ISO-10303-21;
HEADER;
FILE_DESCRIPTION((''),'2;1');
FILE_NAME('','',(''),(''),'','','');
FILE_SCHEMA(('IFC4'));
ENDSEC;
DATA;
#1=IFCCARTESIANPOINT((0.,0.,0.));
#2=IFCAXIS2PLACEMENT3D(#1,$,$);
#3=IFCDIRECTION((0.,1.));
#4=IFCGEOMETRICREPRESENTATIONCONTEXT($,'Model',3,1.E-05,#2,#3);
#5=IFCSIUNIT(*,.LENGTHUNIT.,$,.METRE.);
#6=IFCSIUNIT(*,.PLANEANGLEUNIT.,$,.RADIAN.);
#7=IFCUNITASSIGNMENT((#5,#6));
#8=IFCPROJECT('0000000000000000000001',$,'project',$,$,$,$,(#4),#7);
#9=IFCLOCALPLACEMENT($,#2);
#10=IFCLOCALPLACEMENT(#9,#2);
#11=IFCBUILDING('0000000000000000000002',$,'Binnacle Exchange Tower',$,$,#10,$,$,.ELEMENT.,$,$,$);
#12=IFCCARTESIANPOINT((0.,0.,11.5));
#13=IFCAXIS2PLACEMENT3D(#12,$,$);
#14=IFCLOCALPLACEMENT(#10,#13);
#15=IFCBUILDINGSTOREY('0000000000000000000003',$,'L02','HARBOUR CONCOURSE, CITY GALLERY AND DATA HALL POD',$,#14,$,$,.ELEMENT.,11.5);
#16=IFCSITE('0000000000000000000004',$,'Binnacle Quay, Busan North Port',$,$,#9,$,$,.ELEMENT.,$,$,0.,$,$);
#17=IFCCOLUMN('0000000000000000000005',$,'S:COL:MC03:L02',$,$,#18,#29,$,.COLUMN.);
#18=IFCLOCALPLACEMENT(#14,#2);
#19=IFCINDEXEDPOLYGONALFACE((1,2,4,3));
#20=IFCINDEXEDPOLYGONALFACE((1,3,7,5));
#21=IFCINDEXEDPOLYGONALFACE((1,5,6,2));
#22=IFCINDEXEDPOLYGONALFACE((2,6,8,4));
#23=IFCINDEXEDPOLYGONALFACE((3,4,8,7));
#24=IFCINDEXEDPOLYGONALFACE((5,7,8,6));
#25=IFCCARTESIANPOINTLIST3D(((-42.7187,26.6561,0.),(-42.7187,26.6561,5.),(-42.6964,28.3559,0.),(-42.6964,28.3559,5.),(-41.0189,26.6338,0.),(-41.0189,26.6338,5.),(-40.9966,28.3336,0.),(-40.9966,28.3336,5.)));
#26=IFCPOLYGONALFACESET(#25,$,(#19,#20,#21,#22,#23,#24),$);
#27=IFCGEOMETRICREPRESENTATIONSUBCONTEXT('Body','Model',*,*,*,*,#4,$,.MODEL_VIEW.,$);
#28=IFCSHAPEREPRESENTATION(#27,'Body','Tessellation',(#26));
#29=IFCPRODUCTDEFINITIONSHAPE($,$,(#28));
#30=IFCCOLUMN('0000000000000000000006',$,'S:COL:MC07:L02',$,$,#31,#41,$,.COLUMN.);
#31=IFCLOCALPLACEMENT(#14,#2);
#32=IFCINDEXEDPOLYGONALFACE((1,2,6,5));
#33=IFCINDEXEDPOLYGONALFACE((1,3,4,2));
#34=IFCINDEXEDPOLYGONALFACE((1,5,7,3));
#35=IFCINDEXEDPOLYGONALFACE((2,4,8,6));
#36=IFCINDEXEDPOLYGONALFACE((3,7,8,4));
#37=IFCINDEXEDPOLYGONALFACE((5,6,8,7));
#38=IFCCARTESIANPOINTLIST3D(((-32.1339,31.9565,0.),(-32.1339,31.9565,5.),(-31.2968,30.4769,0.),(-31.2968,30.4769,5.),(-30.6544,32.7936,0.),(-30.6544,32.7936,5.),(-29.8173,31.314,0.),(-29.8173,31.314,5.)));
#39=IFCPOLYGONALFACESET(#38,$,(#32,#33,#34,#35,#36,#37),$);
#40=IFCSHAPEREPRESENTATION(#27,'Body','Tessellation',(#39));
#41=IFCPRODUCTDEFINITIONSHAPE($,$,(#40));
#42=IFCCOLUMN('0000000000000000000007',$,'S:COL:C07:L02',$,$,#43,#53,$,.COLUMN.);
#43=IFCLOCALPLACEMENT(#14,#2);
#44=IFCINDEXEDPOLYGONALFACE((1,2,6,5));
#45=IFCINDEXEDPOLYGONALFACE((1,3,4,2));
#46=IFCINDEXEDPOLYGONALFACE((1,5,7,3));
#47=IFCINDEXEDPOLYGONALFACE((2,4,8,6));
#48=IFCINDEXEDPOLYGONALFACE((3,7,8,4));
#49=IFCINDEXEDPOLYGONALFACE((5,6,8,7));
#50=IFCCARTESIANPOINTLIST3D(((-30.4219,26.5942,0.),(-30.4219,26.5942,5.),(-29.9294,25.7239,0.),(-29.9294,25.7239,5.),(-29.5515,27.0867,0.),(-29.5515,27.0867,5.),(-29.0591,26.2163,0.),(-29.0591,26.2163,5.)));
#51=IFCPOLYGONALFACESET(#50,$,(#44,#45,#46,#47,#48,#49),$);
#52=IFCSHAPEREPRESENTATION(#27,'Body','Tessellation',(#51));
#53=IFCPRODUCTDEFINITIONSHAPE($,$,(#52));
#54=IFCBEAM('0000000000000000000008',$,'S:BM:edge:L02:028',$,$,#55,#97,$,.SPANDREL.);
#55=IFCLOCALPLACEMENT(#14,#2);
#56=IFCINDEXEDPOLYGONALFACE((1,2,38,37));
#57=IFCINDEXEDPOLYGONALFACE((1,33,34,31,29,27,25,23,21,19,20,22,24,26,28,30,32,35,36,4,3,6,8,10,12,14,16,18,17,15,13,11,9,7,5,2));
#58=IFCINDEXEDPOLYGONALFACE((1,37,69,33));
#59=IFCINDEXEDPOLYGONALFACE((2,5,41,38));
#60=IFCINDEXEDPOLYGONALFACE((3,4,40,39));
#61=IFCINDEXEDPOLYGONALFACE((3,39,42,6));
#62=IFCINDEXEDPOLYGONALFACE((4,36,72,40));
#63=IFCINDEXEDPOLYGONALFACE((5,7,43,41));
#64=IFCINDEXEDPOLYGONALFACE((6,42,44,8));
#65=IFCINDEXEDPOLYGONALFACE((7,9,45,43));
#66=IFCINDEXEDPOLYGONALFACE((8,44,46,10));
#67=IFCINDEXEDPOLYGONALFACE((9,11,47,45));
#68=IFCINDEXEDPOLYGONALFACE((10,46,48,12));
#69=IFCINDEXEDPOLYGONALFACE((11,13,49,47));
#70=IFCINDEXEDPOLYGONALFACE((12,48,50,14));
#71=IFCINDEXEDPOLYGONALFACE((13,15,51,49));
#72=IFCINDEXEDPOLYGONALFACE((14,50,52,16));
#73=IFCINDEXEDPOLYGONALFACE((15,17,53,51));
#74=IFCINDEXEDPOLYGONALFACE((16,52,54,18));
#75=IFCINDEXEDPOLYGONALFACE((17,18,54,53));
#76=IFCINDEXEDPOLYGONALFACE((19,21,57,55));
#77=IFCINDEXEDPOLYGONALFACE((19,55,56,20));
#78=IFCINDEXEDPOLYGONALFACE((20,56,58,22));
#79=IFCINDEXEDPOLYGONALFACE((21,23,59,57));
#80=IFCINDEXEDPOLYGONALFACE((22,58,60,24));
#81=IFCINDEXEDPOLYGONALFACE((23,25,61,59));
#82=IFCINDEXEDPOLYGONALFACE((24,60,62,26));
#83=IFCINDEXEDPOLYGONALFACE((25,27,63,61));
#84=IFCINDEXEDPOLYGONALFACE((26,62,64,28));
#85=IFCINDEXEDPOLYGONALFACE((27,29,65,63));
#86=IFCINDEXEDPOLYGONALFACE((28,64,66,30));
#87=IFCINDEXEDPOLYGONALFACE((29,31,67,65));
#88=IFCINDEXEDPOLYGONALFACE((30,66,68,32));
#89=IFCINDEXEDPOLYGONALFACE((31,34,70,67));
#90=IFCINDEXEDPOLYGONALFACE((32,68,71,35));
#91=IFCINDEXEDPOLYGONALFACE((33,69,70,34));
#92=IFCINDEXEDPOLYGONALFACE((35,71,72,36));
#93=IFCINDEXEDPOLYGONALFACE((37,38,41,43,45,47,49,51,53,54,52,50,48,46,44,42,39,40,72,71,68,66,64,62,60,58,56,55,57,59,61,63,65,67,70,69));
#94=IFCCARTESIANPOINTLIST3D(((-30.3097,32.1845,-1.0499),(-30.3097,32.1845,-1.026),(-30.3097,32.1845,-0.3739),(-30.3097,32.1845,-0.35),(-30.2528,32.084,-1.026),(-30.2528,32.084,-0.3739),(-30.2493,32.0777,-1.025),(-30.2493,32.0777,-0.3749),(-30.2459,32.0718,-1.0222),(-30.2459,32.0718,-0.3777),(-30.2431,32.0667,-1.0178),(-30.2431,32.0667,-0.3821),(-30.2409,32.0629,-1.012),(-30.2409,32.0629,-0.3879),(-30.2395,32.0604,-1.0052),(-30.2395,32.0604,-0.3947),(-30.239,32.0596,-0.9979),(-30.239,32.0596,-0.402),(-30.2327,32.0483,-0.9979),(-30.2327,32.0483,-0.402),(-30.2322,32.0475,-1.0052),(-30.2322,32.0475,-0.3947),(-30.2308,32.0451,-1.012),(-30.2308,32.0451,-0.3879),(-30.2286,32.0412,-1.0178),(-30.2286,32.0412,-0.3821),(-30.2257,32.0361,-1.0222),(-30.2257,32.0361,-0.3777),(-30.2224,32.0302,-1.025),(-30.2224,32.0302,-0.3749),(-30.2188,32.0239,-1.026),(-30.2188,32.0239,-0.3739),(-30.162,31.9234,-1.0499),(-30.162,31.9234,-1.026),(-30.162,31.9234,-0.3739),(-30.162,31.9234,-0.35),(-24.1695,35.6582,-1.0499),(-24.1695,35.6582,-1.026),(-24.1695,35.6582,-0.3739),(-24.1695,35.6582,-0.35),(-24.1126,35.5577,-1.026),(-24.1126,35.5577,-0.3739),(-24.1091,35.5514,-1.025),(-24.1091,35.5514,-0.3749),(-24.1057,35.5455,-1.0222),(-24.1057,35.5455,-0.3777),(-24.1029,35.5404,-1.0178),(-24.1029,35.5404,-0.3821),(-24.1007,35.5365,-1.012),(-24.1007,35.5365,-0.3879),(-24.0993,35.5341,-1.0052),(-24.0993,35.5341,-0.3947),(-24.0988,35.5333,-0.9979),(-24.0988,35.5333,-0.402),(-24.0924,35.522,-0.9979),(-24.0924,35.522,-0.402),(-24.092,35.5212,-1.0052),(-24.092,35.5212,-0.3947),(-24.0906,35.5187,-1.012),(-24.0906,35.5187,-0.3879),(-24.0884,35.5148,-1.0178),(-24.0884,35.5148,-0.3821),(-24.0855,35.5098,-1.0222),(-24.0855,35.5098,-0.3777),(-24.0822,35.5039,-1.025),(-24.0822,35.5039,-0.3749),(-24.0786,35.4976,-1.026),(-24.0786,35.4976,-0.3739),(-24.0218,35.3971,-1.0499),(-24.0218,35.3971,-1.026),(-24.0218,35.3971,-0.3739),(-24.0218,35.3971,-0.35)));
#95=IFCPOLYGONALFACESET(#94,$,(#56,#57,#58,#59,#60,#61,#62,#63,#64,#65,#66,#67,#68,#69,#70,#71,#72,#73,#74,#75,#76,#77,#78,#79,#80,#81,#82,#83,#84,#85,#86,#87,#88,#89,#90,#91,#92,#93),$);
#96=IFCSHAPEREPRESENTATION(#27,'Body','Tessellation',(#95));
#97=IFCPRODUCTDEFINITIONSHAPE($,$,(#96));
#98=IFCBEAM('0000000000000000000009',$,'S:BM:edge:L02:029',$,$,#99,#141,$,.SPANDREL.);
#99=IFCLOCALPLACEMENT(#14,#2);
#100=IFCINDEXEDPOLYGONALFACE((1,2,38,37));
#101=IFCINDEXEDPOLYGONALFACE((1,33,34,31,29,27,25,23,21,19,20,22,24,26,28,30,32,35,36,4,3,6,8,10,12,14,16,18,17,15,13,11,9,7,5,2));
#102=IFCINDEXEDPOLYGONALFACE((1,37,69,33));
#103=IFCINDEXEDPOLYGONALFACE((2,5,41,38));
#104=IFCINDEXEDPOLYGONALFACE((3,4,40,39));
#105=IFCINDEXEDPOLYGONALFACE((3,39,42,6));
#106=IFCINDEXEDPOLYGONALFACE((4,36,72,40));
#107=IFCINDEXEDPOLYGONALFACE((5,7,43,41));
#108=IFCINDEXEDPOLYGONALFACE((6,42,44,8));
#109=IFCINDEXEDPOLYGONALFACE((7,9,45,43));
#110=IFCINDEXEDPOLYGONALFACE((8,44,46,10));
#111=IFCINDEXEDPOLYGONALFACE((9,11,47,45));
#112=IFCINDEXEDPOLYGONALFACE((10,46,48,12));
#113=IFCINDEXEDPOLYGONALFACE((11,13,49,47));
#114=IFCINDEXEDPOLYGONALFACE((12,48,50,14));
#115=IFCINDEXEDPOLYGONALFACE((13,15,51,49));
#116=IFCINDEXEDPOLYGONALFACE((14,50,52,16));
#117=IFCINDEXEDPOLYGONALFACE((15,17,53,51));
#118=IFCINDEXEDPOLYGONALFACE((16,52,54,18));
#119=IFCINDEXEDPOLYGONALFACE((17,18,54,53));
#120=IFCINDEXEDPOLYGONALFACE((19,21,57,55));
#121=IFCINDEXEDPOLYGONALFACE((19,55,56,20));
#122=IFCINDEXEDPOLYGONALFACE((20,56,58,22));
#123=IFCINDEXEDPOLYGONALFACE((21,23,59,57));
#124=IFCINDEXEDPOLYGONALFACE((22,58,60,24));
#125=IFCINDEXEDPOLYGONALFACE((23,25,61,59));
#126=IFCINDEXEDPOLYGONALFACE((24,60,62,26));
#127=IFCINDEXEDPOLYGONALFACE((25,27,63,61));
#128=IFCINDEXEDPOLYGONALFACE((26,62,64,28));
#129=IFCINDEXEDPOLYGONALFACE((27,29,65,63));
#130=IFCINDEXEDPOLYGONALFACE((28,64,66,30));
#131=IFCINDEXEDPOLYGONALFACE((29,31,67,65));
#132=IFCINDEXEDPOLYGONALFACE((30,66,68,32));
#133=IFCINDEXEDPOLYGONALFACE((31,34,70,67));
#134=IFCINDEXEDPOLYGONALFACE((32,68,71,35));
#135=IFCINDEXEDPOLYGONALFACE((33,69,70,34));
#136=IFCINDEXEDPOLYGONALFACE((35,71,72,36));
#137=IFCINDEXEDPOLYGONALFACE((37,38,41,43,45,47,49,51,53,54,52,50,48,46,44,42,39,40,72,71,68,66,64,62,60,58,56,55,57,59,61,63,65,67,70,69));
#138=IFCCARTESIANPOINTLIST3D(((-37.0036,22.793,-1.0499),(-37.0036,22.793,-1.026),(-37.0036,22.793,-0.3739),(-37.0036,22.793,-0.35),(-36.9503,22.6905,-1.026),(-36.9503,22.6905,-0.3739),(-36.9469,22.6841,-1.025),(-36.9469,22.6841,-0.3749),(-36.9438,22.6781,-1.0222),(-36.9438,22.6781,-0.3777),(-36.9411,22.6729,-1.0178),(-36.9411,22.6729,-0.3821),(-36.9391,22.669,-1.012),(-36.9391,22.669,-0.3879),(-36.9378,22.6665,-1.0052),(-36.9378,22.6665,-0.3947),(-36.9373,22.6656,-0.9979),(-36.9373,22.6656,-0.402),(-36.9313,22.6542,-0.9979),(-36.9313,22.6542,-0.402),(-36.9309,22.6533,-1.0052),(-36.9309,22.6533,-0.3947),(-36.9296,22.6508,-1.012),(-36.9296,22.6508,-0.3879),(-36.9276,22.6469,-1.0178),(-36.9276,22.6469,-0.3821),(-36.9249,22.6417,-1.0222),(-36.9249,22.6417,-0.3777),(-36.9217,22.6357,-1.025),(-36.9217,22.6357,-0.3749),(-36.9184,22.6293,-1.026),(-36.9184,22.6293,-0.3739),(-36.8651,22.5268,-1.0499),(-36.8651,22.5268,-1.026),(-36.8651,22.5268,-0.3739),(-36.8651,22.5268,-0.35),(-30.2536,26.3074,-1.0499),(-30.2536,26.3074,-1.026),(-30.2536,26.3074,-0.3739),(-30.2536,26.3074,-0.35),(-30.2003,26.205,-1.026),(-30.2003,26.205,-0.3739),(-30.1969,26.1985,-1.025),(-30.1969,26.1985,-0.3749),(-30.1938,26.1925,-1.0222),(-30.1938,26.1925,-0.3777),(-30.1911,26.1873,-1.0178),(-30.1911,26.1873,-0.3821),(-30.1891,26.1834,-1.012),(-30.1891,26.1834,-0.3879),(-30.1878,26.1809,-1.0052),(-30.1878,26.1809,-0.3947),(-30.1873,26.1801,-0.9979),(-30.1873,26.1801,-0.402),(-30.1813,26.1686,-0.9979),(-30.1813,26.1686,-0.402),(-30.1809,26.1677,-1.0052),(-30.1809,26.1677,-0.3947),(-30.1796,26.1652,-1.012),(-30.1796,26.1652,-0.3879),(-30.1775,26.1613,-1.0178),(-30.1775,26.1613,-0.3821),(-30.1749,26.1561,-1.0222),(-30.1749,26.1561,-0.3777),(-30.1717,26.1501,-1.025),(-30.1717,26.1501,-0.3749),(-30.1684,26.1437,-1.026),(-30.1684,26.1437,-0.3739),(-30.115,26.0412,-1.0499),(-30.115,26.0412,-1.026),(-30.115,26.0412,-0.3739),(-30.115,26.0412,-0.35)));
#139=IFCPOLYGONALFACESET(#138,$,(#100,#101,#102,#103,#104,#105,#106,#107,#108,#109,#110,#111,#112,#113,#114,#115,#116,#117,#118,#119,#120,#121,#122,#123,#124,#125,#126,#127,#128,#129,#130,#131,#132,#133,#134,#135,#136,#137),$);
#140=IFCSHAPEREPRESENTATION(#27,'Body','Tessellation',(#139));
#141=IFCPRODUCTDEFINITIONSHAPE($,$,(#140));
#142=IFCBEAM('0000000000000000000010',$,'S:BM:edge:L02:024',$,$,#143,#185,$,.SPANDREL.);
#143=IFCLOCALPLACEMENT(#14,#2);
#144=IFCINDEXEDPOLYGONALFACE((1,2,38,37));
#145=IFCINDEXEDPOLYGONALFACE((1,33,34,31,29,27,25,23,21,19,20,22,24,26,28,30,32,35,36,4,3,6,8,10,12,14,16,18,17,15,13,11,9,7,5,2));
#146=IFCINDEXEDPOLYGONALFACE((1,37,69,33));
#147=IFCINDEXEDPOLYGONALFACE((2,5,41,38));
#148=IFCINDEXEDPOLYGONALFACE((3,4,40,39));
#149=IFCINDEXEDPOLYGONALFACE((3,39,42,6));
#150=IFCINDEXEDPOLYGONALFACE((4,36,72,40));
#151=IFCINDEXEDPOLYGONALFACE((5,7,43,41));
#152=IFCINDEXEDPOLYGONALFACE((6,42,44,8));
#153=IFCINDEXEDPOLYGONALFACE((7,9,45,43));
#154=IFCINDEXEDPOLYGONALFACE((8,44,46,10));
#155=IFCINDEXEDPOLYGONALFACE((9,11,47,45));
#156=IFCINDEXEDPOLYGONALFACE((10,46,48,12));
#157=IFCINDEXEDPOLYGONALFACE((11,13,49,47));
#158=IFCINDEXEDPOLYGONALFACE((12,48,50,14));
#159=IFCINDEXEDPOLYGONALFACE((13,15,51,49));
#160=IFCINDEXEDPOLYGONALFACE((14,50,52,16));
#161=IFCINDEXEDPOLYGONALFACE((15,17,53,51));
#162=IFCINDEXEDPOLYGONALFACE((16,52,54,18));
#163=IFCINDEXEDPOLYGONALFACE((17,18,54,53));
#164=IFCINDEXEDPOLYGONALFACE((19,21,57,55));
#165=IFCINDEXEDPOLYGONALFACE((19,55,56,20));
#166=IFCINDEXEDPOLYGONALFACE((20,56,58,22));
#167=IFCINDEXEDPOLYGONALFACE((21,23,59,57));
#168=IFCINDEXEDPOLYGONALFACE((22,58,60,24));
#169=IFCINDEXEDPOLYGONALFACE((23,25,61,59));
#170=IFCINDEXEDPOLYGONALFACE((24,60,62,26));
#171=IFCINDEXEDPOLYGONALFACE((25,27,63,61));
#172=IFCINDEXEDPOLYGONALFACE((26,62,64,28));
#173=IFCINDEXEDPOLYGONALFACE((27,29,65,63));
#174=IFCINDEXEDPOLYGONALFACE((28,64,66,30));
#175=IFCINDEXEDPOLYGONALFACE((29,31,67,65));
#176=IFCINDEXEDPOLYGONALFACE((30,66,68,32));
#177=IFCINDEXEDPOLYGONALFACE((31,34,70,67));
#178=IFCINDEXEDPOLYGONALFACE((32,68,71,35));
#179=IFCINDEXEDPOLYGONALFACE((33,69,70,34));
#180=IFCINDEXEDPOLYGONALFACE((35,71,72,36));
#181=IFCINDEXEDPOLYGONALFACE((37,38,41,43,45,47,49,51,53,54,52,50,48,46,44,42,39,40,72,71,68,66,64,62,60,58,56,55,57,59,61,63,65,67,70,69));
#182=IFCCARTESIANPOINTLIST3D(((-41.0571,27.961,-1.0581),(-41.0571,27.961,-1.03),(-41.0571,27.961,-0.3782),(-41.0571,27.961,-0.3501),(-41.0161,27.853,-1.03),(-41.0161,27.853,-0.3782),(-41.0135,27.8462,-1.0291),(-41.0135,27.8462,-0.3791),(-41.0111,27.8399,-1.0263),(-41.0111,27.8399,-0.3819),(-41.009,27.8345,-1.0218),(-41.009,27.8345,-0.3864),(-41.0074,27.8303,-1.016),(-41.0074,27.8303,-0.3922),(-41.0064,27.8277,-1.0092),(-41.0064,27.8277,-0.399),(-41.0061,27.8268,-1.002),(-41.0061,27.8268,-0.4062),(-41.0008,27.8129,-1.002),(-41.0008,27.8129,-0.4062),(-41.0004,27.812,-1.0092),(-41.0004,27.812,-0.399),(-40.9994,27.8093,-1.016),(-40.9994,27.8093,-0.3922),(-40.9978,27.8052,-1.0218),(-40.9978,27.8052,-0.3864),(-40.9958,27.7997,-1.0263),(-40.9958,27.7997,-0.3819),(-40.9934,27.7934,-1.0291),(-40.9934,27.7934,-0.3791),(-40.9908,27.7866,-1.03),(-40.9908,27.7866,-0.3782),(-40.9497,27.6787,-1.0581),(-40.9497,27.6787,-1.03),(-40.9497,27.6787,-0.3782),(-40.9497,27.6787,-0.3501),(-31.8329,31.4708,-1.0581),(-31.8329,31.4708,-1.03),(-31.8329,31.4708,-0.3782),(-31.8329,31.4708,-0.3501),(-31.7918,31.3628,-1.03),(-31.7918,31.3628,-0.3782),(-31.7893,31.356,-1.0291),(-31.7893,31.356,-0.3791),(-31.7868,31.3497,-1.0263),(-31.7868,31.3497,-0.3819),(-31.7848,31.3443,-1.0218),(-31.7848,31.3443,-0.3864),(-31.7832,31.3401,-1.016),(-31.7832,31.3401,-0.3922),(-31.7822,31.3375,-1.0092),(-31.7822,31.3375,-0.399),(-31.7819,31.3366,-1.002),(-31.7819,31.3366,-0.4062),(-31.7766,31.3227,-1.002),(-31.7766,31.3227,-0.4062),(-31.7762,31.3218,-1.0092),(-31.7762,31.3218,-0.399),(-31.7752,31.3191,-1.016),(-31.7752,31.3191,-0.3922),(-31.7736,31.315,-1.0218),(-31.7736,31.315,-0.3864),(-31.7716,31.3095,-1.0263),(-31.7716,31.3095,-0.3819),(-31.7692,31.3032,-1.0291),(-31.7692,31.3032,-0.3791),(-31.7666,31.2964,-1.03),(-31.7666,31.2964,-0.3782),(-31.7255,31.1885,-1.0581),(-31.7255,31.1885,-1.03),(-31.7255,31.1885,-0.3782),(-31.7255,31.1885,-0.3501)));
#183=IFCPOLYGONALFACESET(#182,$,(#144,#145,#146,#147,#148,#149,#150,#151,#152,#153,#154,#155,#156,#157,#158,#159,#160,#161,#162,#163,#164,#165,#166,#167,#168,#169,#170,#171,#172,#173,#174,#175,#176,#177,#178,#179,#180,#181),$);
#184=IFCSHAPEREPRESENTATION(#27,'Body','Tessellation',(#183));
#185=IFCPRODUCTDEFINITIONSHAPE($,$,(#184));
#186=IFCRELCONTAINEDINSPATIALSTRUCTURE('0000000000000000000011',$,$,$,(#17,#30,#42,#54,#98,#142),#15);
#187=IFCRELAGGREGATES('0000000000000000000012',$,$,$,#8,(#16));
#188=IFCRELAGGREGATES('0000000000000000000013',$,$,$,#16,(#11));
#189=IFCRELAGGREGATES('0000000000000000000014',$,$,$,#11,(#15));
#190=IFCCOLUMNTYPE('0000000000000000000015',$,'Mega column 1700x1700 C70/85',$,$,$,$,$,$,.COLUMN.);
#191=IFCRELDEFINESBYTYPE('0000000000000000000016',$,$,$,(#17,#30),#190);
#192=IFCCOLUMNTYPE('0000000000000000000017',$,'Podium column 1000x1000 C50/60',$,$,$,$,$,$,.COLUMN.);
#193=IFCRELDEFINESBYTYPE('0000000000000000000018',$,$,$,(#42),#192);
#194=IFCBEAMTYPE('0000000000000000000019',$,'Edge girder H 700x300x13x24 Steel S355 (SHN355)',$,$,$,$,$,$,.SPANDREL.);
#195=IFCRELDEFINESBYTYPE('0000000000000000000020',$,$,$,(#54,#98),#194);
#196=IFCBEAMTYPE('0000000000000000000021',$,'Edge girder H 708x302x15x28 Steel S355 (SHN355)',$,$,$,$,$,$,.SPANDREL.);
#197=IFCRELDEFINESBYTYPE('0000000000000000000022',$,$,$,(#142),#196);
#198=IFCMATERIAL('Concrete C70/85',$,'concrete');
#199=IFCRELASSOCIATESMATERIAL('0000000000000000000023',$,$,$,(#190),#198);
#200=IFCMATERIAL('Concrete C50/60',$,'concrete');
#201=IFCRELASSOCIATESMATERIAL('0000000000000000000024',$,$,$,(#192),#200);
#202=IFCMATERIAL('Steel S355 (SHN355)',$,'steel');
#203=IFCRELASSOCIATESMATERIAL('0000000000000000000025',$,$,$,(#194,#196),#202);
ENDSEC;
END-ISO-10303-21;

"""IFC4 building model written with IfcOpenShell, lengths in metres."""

from ifc_helpers import new_model, si_unit, direction, frame, origin, origin_2d, place, context, subcontext, project, spatial, rectangle, i_section, extrude, material, material_profile, profile_set, type_object, element, save


model = new_model("IFC4")

# Units and contexts
model_context = context("Model", 3, precision=1e-05, world=origin(), true_north=direction((0.0, 1.0)))
body_context = subcontext(model_context, "Body", "Model", "MODEL_VIEW")
ifc_project = project(units=[si_unit("LENGTHUNIT", "METRE"), si_unit("PLANEANGLEUNIT", "RADIAN")], contexts=[model_context])

# Site, building, storey
site_placement = place(None, origin())
site = spatial("IfcSite", under=ifc_project, at=site_placement, Name="Binnacle Quay, Busan North Port", CompositionType="ELEMENT", RefElevation=0.0)
building_placement = place(site_placement, origin())
building = spatial("IfcBuilding", under=site, at=building_placement, Name="Binnacle Exchange Tower", CompositionType="ELEMENT")
storey_placement = place(building_placement, frame((0.0, 0.0, 11.5)))
storey = spatial("IfcBuildingStorey", under=building, at=storey_placement, Name="L02", Description="HARBOUR CONCOURSE, CITY GALLERY AND DATA HALL POD", CompositionType="ELEMENT", Elevation=11.5)

# Columns
ifc_material_1 = material(Name="Concrete C70/85", Category="concrete")
ifc_material_profile_1 = material_profile(ifc_material_1, rectangle(XDim=1.7, YDim=1.7, at=origin_2d()), Name="Mega column 1700x1700 C70/85")
ifc_profile_set_1 = profile_set([ifc_material_profile_1], Name="Concrete C70/85")
column_type_1 = type_object("IfcColumnType", Name="Mega column 1700x1700 C70/85", PredefinedType="COLUMN", material=ifc_profile_set_1)
for number, where, z_axis, x_axis, name in (
    (1, (-41.8577, 27.4949, 0.0), (0.0, 0.0, 1.0), (0.999914, -0.01309, 0.0), "S:COL:MC03:L02"),
    (2, (-30.9756, 31.6353, 0.0), (0.0, 0.0, 1.0), (0.870356, 0.492424, 0.0), "S:COL:MC07:L02"),
):
    element("IfcColumn", number, at=place(storey_placement, frame(where, z_axis=z_axis, x_axis=x_axis)), inside=storey, type_object=column_type_1, Name=name, PredefinedType="COLUMN", context=body_context, shape_type="SweptSolid", body=[
        extrude(rectangle(XDim=1.7, YDim=1.7, at=origin_2d()), origin(), (0.0, 0.0, 1.0), 5.0),
    ])
ifc_material_2 = material(Name="Concrete C50/60", Category="concrete")
ifc_material_profile_2 = material_profile(ifc_material_2, rectangle(XDim=1.0, YDim=1.0, at=origin_2d()), Name="Podium column 1000x1000 C50/60")
ifc_profile_set_2 = profile_set([ifc_material_profile_2], Name="Concrete C50/60")
column_type_2 = type_object("IfcColumnType", Name="Podium column 1000x1000 C50/60", PredefinedType="COLUMN", material=ifc_profile_set_2)
column_placement = place(storey_placement, frame((-29.7405, 26.4053, 0.0), z_axis=(0.0, 0.0, 1.0), x_axis=(0.870356, 0.492424, 0.0)))
element("IfcColumn", 3, at=column_placement, inside=storey, type_object=column_type_2, Name="S:COL:C07:L02", PredefinedType="COLUMN", context=body_context, shape_type="SweptSolid", body=[
    extrude(rectangle(XDim=1.0, YDim=1.0, at=origin_2d()), origin(), (0.0, 0.0, 1.0), 5.0),
])

# Beams
ifc_material_3 = material(Name="Steel S355 (SHN355)", Category="steel")
ifc_material_profile_3 = material_profile(ifc_material_3, i_section(OverallWidth=0.3, OverallDepth=0.7, WebThickness=0.0129, FlangeThickness=0.0239, FilletRadius=0.0281, at=origin_2d()), Name="H 700x300x13x24")
ifc_profile_set_3 = profile_set([ifc_material_profile_3], Name="Steel S355 (SHN355)")
beam_type_1 = type_object("IfcBeamType", Name="Edge girder H 700x300x13x24 Steel S355 (SHN355)", PredefinedType="SPANDREL", material=ifc_profile_set_3)
beam_1_placement = place(storey_placement, frame((-30.2358, 32.054, -0.7), z_axis=(0.870373, 0.492392, 0.0), x_axis=(-0.492392, 0.870373, 0.0)))
element("IfcBeam", 4, at=beam_1_placement, inside=storey, type_object=beam_type_1, Name="S:BM:edge:L02:028", PredefinedType="SPANDREL", context=body_context, shape_type="SweptSolid", body=[
    extrude(i_section(OverallWidth=0.3, OverallDepth=0.7, WebThickness=0.0129, FlangeThickness=0.0239, FilletRadius=0.0281, at=origin_2d()), origin(), (0.0, 0.0, 1.0), 7.0547),
])
beam_2_placement = place(storey_placement, frame((-30.1843, 26.1743, -0.7), z_axis=(-0.88698, -0.461808, 0.0), x_axis=(0.461808, -0.88698, 0.0)))
element("IfcBeam", 5, at=beam_2_placement, inside=storey, type_object=beam_type_1, Name="S:BM:edge:L02:029", PredefinedType="SPANDREL", context=body_context, shape_type="SweptSolid", body=[
    extrude(i_section(OverallWidth=0.3, OverallDepth=0.7, WebThickness=0.0129, FlangeThickness=0.0239, FilletRadius=0.0281, at=origin_2d()), origin(), (0.0, 0.0, 1.0), 7.6101),
])
ifc_material_profile_4 = material_profile(ifc_material_3, i_section(OverallWidth=0.302, OverallDepth=0.708, WebThickness=0.0149, FlangeThickness=0.0281, FilletRadius=0.0281, at=origin_2d()), Name="H 708x302x15x28")
ifc_profile_set_4 = profile_set([ifc_material_profile_4], Name="Steel S355 (SHN355)")
beam_type_2 = type_object("IfcBeamType", Name="Edge girder H 708x302x15x28 Steel S355 (SHN355)", PredefinedType="SPANDREL", material=ifc_profile_set_4)
beam_3_placement = place(storey_placement, frame((-41.0034, 27.8198, -0.7041), z_axis=(0.934629, 0.355625, 0.0), x_axis=(-0.355625, 0.934629, 0.0)))
element("IfcBeam", 6, at=beam_3_placement, inside=storey, type_object=beam_type_2, Name="S:BM:edge:L02:024", PredefinedType="SPANDREL", context=body_context, shape_type="SweptSolid", body=[
    extrude(i_section(OverallWidth=0.302, OverallDepth=0.708, WebThickness=0.0149, FlangeThickness=0.0281, FilletRadius=0.0281, at=origin_2d()), origin(), (0.0, 0.0, 1.0), 9.8694),
])

save(model, "model.ifc")
